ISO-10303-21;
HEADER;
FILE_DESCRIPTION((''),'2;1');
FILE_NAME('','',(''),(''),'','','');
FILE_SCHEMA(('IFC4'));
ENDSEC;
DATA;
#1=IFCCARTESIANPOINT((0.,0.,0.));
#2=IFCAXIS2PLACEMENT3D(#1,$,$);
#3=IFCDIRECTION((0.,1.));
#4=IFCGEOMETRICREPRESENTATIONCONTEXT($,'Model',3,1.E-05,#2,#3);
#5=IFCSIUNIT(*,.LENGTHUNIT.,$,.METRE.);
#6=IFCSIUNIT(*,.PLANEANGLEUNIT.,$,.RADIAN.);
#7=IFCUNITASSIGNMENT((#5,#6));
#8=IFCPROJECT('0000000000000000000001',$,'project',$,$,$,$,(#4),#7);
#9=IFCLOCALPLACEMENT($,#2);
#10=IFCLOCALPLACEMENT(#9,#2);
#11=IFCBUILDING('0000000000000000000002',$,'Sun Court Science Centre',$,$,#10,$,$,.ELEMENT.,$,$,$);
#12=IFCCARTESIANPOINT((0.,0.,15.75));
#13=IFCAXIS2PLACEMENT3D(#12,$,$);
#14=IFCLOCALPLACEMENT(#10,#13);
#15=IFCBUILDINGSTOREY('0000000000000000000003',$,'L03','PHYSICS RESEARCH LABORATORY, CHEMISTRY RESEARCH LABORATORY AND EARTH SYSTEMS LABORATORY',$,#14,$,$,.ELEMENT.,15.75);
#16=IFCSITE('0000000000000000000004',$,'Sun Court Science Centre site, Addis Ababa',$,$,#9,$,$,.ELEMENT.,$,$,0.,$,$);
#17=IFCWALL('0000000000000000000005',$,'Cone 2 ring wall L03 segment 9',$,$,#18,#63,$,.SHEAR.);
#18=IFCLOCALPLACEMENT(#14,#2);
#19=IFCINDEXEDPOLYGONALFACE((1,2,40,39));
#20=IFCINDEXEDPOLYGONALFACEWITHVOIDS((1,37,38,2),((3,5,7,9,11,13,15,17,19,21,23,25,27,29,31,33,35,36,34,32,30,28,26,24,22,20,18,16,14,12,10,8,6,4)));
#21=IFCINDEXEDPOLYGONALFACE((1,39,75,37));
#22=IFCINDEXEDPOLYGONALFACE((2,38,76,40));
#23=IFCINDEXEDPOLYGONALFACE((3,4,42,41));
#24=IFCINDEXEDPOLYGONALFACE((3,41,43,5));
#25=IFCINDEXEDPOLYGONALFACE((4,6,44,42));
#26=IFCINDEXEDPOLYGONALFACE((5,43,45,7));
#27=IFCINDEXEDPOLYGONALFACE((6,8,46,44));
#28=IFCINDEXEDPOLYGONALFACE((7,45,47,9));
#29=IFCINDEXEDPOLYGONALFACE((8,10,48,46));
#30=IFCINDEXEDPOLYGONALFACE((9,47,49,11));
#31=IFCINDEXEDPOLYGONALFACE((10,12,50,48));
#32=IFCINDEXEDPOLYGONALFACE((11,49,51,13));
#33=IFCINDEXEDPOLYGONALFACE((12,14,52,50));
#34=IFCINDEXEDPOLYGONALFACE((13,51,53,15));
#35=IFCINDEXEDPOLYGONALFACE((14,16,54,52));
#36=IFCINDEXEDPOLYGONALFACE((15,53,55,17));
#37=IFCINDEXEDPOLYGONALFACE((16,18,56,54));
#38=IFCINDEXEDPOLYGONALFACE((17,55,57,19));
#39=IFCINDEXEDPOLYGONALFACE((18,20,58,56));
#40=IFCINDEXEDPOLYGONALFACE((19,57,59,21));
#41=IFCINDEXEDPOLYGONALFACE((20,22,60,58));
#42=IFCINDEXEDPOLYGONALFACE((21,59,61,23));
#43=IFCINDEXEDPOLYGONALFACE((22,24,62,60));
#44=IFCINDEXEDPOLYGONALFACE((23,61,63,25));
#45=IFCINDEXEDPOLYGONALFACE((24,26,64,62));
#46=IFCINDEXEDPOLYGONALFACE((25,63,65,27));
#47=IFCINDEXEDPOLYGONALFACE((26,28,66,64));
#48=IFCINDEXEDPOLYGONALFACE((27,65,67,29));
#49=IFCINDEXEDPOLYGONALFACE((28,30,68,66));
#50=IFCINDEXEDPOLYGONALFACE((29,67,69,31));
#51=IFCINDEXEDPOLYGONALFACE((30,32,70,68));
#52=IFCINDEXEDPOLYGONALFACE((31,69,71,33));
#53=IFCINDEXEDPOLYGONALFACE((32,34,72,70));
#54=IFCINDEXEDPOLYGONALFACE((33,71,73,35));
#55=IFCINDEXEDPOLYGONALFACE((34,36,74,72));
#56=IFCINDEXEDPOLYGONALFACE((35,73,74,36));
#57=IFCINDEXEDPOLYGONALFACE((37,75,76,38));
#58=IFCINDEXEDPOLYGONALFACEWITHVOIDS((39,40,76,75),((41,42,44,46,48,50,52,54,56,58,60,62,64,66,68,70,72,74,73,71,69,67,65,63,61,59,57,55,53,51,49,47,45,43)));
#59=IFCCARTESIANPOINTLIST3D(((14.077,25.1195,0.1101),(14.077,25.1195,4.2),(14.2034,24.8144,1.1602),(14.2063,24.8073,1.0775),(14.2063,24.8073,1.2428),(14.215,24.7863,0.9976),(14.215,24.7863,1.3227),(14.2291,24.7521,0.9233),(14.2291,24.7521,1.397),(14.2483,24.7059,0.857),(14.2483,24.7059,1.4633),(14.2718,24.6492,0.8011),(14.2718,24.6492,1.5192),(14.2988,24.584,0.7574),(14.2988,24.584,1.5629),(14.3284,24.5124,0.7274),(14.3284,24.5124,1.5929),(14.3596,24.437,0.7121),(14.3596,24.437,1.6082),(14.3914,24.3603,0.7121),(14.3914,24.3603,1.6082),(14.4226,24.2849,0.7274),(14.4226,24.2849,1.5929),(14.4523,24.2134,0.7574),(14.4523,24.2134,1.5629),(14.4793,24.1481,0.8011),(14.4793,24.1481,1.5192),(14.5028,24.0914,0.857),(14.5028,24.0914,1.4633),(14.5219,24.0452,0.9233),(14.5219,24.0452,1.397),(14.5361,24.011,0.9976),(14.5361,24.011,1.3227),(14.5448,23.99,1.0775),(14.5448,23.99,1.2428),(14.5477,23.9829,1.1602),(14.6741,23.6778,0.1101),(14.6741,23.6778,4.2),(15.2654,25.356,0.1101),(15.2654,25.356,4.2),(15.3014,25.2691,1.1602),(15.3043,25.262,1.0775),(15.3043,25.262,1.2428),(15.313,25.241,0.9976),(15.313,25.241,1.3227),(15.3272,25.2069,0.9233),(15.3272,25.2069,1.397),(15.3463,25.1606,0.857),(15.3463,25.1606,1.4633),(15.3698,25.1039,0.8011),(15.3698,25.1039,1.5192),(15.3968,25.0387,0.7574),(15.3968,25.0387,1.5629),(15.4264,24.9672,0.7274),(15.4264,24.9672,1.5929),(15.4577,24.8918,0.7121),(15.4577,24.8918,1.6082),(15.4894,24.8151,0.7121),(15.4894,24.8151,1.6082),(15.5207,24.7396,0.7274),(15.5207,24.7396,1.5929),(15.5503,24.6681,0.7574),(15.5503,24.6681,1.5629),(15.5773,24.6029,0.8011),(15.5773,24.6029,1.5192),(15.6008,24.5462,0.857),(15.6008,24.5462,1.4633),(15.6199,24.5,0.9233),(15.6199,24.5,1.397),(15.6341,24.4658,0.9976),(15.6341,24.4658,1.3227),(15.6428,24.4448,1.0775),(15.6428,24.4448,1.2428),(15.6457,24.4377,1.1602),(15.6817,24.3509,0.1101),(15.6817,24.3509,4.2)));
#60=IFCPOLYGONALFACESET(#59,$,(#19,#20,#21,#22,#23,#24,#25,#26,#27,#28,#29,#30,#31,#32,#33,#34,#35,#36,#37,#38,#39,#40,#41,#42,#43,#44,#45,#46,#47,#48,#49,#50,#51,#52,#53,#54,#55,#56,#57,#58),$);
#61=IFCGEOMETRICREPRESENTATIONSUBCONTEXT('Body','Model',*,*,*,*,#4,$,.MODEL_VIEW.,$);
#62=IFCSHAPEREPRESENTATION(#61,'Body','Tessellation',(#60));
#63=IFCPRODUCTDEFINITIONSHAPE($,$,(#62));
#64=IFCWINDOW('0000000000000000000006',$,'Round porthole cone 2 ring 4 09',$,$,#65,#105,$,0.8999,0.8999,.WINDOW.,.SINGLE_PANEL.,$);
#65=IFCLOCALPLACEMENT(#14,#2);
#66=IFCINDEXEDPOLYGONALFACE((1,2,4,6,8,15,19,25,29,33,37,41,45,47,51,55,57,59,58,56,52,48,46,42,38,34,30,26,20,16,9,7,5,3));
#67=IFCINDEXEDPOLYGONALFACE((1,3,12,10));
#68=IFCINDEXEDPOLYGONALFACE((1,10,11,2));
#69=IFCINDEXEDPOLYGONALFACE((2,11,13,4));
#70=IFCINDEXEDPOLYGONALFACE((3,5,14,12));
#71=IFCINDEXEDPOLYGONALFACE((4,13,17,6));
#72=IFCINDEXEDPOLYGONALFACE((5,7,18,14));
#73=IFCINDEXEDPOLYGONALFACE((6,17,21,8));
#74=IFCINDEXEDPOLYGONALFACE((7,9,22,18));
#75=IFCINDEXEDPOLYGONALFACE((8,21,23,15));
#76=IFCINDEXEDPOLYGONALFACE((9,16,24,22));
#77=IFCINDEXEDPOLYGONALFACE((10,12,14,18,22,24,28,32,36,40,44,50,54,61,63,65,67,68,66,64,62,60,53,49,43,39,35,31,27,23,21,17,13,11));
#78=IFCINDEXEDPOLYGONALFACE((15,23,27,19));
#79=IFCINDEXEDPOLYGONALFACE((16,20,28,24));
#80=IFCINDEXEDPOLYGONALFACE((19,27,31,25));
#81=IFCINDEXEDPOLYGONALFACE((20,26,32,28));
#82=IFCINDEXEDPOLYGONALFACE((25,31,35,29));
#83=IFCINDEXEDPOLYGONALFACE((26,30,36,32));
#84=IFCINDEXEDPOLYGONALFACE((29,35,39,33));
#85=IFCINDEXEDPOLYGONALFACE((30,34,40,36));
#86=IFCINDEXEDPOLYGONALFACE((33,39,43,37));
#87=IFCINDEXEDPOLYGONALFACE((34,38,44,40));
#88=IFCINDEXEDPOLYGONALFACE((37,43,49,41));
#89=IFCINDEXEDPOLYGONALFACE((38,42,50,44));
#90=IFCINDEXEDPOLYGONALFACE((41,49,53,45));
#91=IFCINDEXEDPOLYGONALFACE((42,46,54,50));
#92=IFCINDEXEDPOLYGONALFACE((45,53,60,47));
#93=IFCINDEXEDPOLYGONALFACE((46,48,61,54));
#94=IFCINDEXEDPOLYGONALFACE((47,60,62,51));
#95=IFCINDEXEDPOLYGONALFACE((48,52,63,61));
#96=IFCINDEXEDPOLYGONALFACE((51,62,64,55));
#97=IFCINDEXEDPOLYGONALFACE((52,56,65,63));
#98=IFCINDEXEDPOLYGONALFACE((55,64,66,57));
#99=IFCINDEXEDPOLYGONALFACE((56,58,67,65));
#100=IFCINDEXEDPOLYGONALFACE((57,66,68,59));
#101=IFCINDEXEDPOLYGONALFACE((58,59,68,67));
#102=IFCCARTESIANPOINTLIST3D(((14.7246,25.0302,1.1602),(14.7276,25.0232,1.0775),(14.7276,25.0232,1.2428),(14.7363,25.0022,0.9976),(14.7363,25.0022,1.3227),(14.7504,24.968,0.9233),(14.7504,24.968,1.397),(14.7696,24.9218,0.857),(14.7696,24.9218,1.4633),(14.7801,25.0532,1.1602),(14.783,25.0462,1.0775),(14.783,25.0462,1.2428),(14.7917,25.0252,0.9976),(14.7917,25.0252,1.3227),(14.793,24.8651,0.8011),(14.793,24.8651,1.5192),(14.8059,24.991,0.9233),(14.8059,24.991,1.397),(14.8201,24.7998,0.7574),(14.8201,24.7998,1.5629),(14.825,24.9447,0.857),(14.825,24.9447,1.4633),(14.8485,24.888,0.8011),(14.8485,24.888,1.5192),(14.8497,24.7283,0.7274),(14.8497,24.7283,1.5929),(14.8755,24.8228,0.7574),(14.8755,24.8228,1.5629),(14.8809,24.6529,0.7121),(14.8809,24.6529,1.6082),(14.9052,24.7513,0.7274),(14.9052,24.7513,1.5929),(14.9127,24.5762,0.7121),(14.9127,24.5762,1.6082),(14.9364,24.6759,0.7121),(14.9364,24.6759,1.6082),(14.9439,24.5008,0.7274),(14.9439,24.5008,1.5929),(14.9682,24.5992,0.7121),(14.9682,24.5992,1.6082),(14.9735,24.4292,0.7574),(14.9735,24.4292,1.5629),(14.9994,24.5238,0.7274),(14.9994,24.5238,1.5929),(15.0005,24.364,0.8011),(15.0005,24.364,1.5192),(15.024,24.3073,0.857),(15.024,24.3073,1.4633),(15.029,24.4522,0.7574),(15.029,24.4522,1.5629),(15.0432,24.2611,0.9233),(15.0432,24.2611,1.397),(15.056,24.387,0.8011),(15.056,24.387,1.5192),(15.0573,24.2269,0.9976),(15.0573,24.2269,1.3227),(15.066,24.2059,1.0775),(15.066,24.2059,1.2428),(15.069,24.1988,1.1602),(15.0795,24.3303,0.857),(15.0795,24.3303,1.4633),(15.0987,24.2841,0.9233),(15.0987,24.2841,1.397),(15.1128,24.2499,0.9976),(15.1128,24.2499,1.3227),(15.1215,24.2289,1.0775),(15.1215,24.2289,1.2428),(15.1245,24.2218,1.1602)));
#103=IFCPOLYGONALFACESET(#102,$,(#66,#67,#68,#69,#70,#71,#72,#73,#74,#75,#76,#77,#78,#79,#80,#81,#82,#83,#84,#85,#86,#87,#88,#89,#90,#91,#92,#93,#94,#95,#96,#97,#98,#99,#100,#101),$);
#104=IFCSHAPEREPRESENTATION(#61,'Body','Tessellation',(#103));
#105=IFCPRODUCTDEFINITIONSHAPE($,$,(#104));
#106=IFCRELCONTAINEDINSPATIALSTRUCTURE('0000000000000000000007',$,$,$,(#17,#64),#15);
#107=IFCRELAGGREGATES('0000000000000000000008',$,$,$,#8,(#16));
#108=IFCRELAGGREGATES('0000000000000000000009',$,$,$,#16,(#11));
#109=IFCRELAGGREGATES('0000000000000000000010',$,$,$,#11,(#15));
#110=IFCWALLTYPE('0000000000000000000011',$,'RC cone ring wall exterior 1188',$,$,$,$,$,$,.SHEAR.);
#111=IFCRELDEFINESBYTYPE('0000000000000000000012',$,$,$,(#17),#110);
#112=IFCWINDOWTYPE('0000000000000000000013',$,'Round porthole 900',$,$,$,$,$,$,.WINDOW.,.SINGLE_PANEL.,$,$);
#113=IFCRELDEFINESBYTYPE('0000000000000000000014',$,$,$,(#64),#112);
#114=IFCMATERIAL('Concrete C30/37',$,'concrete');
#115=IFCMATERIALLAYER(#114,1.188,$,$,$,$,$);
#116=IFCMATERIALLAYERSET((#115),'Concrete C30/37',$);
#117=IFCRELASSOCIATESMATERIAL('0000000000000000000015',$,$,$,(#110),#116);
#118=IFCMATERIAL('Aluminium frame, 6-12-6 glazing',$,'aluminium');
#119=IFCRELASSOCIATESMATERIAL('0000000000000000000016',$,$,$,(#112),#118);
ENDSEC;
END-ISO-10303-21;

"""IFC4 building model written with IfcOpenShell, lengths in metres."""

from ifc_helpers import new_model, si_unit, direction, frame, frame_2d, origin, place, context, subcontext, project, spatial, polyline, circle, outline, extrude, material, layer, layer_set, type_object, element, fill, save


model = new_model("IFC4")

# Units and contexts
model_context = context("Model", 3, precision=1e-05, world=origin(), true_north=direction((0.0, 1.0)))
body_context = subcontext(model_context, "Body", "Model", "MODEL_VIEW")
ifc_project = project(units=[si_unit("LENGTHUNIT", "METRE"), si_unit("PLANEANGLEUNIT", "RADIAN")], contexts=[model_context])

# Site, building, storey
site_placement = place(None, origin())
site = spatial("IfcSite", under=ifc_project, at=site_placement, Name="Sun Court Science Centre site, Addis Ababa", CompositionType="ELEMENT", RefElevation=0.0)
building_placement = place(site_placement, origin())
building = spatial("IfcBuilding", under=site, at=building_placement, Name="Sun Court Science Centre", CompositionType="ELEMENT")
storey_placement = place(building_placement, frame((0.0, 0.0, 15.75)))
storey = spatial("IfcBuildingStorey", under=building, at=storey_placement, Name="L03", Description="PHYSICS RESEARCH LABORATORY, CHEMISTRY RESEARCH LABORATORY AND EARTH SYSTEMS LABORATORY", CompositionType="ELEMENT", Elevation=15.75)

# Wall, opening, window
ifc_material_1 = material(Name="Concrete C30/37", Category="concrete")
ifc_layer_1 = layer(ifc_material_1, 1.188)
ifc_layer_set_1 = layer_set([ifc_layer_1], Name="Concrete C30/37")
wall_type_1 = type_object("IfcWallType", Name="RC cone ring wall exterior 1188", PredefinedType="SHEAR", material=ifc_layer_set_1)
ifc_material_2 = material(Name="Aluminium frame, 6-12-6 glazing", Category="aluminium")
window_type = type_object("IfcWindowType", Name="Round porthole 900", PartitioningType="SINGLE_PANEL", PredefinedType="WINDOW", material=ifc_material_2)
wall_1_placement = place(storey_placement, frame((14.626, 25.3469, 0.1101), z_axis=(0.0, 0.0, 1.0), x_axis=(0.382637, -0.923899, 0.0)))
wall_1 = element("IfcWall", 1, at=wall_1_placement, inside=storey, type_object=wall_type_1, Name="Cone 2 ring wall L03 segment 9", PredefinedType="SHEAR", context=body_context, shape_type="SweptSolid", body=[
    extrude(outline(polyline([(0.0, -0.5942), (1.5605, -0.5942), (1.3242, 0.5942), (0.2363, 0.5942), (0.0, -0.5942)])), origin(), (0.0, 0.0, 1.0), 4.0898),
])
opening_1_placement = place(wall_1_placement, frame((0.3303, 0.0, 0.6001)))
opening_1 = element("IfcOpeningElement", 2, at=opening_1_placement, cuts=wall_1, PredefinedType="OPENING", context=body_context, shape_type="SweptSolid", body=[
    extrude(circle(Radius=0.45, at=frame_2d((0.45, 0.45))), frame((0.0, 0.6042, 0.0), z_axis=(0.0, -1.0, 0.0), x_axis=(1.0, 0.0, 0.0)), (0.0, 0.0, 1.0), 1.2085),
])
window_1_placement = place(opening_1_placement, origin())
window_1 = element("IfcWindow", 3, at=window_1_placement, inside=storey, type_object=window_type, Name="Round porthole cone 2 ring 4 09", OverallHeight=0.8999, OverallWidth=0.8999, PartitioningType="SINGLE_PANEL", PredefinedType="WINDOW", context=body_context, shape_type="SweptSolid", body=[
    extrude(circle(Radius=0.45, at=frame_2d((0.45, 0.45))), frame((0.0, 0.03, 0.0), z_axis=(0.0, -1.0, 0.0), x_axis=(1.0, 0.0, 0.0)), (0.0, 0.0, 1.0), 0.0601),
])
fill(opening_1, window_1)

save(model, "model.ifc")
